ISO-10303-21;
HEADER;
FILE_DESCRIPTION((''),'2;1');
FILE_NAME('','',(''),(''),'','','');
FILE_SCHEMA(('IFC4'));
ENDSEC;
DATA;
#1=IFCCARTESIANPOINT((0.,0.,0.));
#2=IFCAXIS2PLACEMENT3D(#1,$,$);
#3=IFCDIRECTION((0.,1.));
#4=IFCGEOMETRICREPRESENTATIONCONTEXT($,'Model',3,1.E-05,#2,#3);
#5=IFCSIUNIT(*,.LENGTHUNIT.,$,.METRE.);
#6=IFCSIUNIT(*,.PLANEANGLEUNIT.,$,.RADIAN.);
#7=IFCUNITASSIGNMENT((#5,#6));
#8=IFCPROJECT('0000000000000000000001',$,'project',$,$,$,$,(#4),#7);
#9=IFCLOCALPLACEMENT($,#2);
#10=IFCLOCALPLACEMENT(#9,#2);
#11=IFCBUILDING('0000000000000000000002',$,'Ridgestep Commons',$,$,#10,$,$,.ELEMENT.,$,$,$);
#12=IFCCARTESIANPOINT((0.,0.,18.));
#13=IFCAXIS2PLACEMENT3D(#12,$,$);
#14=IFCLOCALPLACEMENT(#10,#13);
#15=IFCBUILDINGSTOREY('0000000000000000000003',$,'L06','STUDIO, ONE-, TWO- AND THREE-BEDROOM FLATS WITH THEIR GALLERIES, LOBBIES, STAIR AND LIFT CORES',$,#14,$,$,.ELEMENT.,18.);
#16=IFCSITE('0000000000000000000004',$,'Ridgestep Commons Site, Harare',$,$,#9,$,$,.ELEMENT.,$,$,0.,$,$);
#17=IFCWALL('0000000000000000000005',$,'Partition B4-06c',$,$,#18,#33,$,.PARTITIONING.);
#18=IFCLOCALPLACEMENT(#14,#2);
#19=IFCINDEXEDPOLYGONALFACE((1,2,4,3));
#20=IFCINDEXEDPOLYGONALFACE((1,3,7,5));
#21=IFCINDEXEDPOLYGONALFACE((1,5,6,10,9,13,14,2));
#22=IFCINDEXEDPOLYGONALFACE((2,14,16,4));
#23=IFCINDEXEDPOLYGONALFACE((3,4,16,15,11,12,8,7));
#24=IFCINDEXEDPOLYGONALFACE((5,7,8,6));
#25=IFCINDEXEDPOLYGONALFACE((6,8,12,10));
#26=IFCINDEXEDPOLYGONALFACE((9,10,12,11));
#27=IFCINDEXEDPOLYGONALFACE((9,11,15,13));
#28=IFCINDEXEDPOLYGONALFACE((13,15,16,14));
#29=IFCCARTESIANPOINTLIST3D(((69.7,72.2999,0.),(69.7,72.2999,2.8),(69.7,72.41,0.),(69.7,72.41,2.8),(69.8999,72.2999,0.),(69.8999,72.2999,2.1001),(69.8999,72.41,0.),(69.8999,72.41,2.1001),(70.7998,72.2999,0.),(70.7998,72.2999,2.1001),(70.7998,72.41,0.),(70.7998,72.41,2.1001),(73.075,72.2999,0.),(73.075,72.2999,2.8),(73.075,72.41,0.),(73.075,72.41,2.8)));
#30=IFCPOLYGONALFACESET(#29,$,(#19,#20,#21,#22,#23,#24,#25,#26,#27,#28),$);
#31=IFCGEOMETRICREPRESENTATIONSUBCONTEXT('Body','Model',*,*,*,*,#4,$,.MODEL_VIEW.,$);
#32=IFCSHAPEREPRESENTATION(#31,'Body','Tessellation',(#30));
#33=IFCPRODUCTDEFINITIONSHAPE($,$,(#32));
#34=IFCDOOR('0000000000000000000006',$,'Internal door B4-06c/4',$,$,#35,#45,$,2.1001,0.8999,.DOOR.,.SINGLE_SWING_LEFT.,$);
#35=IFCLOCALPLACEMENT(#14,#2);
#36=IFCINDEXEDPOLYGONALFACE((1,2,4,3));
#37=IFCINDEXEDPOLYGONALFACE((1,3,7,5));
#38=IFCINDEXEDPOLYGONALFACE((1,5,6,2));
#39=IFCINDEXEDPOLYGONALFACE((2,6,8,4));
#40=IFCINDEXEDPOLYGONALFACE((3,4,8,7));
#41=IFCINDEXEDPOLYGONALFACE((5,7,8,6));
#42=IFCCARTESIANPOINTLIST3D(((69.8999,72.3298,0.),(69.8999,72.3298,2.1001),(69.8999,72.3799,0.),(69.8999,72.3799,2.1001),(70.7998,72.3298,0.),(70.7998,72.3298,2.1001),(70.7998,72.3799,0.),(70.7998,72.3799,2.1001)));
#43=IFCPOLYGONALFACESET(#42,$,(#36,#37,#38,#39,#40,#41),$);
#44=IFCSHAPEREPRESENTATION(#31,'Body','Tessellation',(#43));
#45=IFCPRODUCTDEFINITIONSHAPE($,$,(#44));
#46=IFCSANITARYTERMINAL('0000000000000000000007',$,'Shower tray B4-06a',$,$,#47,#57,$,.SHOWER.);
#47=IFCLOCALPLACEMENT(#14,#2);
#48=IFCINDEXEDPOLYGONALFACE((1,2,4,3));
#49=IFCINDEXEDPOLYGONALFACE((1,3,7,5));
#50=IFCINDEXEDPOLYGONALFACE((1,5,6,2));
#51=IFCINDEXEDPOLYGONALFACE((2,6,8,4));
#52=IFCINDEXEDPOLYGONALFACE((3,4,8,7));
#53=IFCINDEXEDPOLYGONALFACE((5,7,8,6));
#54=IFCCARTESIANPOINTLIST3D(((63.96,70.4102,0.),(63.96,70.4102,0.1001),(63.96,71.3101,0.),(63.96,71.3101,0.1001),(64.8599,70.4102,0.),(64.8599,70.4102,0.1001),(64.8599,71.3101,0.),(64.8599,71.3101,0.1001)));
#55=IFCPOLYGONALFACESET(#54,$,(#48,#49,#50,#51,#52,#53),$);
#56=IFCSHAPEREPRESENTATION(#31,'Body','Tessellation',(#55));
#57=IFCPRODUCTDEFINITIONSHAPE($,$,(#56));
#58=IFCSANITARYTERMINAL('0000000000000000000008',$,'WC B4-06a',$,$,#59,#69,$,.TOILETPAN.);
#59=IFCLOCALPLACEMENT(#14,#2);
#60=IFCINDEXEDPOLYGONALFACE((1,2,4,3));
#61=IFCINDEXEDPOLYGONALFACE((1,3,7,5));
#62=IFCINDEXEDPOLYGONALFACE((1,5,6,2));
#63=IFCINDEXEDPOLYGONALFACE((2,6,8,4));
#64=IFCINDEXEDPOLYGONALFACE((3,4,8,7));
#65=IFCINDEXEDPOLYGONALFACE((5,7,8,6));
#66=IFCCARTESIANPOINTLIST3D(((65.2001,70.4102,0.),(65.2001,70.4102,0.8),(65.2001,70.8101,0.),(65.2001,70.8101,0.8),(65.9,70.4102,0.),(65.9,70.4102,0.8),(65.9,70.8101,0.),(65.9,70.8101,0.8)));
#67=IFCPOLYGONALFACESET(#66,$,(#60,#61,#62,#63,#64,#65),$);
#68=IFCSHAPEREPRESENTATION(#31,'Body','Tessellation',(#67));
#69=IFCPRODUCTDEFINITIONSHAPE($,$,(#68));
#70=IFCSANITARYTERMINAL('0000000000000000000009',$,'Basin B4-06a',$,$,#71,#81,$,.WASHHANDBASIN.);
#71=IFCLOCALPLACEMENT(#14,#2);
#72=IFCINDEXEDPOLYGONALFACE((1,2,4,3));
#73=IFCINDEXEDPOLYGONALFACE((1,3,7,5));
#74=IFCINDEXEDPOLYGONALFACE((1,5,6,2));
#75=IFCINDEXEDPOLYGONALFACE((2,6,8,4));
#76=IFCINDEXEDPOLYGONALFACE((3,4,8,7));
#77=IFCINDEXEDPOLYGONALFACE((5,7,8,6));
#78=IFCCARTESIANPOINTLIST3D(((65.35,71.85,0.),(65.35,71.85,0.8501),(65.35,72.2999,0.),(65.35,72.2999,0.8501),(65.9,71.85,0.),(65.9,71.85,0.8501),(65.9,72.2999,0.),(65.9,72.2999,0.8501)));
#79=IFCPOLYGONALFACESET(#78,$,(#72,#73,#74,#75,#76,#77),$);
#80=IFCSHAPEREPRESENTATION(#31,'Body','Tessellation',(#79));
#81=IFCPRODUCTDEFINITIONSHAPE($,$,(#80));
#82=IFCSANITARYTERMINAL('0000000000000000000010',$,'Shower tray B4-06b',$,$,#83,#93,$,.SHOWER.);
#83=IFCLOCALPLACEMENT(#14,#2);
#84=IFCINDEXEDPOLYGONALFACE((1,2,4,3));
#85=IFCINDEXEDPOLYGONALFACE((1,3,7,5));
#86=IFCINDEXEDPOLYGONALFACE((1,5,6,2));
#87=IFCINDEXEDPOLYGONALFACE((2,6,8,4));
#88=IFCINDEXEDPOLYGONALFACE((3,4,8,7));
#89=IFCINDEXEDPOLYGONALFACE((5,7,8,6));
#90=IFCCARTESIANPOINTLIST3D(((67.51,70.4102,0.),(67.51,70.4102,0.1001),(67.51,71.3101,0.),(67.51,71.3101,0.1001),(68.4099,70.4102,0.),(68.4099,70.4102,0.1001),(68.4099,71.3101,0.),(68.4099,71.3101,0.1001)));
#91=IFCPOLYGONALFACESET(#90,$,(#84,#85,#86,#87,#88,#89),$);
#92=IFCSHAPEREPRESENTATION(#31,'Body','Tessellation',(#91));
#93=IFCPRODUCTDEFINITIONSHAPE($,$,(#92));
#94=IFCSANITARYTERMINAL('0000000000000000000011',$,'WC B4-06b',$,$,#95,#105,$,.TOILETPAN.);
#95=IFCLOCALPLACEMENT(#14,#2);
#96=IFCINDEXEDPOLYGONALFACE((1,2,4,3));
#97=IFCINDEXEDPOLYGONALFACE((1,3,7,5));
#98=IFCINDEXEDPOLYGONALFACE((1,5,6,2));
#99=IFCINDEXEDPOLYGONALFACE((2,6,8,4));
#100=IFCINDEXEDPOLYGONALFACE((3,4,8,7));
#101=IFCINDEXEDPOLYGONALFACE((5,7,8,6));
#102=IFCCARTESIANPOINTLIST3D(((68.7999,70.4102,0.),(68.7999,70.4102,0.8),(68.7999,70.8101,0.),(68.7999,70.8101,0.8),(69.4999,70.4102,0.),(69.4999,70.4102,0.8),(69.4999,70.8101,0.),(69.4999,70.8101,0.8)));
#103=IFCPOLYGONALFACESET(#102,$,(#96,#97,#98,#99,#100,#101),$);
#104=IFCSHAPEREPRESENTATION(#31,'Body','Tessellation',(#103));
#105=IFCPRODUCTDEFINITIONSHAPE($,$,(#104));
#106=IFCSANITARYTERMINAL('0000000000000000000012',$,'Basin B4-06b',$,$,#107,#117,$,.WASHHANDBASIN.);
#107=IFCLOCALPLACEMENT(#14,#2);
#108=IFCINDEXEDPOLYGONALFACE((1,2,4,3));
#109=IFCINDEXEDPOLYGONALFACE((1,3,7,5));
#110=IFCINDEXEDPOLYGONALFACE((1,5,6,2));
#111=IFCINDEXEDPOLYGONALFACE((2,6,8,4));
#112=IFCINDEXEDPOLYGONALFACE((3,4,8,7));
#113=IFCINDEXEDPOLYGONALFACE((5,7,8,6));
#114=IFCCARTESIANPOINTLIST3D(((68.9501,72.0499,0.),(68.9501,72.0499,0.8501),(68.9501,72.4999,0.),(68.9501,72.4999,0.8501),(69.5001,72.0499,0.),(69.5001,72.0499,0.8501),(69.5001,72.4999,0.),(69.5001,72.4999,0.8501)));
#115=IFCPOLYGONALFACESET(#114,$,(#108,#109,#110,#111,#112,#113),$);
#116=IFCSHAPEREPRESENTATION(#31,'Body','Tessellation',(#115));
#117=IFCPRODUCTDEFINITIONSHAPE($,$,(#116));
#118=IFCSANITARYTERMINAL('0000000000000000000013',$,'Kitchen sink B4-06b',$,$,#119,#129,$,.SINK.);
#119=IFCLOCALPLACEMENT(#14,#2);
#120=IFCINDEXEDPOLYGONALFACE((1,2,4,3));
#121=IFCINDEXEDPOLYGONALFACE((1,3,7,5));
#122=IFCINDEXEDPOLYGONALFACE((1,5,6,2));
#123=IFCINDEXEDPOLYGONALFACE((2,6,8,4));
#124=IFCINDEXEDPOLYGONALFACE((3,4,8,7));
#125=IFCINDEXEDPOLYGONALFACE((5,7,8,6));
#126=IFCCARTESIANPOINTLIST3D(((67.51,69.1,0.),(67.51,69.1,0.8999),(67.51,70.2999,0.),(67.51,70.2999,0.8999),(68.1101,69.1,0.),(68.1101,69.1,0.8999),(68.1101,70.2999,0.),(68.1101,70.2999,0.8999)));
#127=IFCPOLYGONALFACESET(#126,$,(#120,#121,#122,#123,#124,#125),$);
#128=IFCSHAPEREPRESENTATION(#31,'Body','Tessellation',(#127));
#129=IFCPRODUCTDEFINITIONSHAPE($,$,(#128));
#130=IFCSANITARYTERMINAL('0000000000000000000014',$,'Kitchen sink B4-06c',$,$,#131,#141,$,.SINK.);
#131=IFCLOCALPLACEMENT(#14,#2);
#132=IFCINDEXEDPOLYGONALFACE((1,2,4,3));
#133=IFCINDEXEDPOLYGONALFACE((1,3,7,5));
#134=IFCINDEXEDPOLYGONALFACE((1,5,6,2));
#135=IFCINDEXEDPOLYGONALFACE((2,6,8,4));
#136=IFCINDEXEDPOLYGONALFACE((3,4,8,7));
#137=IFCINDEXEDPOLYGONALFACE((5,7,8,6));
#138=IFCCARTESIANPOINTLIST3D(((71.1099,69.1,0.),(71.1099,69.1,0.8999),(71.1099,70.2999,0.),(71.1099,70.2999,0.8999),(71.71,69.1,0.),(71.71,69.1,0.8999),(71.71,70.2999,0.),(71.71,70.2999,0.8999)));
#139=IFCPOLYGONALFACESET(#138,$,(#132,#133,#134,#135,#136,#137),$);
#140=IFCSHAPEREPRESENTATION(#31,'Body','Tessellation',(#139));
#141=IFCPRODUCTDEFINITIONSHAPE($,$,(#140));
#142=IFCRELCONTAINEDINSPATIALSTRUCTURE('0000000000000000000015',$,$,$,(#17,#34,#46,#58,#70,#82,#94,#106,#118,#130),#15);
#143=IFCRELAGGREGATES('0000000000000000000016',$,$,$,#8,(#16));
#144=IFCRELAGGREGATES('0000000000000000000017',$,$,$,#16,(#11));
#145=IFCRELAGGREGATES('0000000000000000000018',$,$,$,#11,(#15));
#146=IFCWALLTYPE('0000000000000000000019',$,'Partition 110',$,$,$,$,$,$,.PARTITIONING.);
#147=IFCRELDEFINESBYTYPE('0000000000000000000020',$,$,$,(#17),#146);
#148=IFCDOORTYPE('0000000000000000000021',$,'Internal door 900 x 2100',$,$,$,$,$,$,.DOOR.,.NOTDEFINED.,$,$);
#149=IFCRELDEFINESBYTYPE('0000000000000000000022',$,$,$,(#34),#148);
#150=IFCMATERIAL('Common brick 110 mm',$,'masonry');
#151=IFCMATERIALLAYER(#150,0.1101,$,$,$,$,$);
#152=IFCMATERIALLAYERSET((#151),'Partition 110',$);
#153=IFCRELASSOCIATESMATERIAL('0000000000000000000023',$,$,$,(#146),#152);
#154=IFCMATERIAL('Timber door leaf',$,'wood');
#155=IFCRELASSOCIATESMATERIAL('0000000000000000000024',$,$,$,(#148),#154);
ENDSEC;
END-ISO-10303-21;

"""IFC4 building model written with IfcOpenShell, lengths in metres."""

from ifc_helpers import new_model, si_unit, direction, frame, frame_2d, origin, origin_2d, place, context, subcontext, project, spatial, rectangle, extrude, material, layer, layer_set, type_object, element, fill, save


model = new_model("IFC4")

# Units and contexts
model_context = context("Model", 3, precision=1e-05, world=origin(), true_north=direction((0.0, 1.0)))
body_context = subcontext(model_context, "Body", "Model", "MODEL_VIEW")
ifc_project = project(units=[si_unit("LENGTHUNIT", "METRE"), si_unit("PLANEANGLEUNIT", "RADIAN")], contexts=[model_context])

# Site, building, storey
site_placement = place(None, origin())
site = spatial("IfcSite", under=ifc_project, at=site_placement, Name="Ridgestep Commons Site, Harare", CompositionType="ELEMENT", RefElevation=0.0)
building_placement = place(site_placement, origin())
building = spatial("IfcBuilding", under=site, at=building_placement, Name="Ridgestep Commons", CompositionType="ELEMENT")
storey_placement = place(building_placement, frame((0.0, 0.0, 18.0)))
storey = spatial("IfcBuildingStorey", under=building, at=storey_placement, Name="L06", Description="STUDIO, ONE-, TWO- AND THREE-BEDROOM FLATS WITH THEIR GALLERIES, LOBBIES, STAIR AND LIFT CORES", CompositionType="ELEMENT", Elevation=18.0)

# Shared definitions
ifc_material_1 = material(Name="Common brick 110 mm", Category="masonry")
ifc_layer_1 = layer(ifc_material_1, 0.1101)
ifc_layer_set_1 = layer_set([ifc_layer_1], Name="Partition 110")
wall_type_1 = type_object("IfcWallType", Name="Partition 110", PredefinedType="PARTITIONING", material=ifc_layer_set_1)

# Shared definitions
ifc_material_2 = material(Name="Timber door leaf", Category="wood")
door_type_1 = type_object("IfcDoorType", Name="Internal door 900 x 2100", OperationType="NOTDEFINED", PredefinedType="DOOR", material=ifc_material_2)

# Wall, opening, door
wall_1_placement = place(storey_placement, frame((69.7, 72.355, 0.0), z_axis=(0.0, 0.0, 1.0), x_axis=(1.0, 0.0, 0.0)))
wall_1 = element("IfcWall", 1, at=wall_1_placement, inside=storey, type_object=wall_type_1, Name="Partition B4-06c", PredefinedType="PARTITIONING", context=body_context, shape_type="SweptSolid", body=[
    extrude(rectangle(XDim=3.375, YDim=0.1101, at=frame_2d((1.6875, 0.0))), origin(), (0.0, 0.0, 1.0), 2.8),
])
opening_1_placement = place(wall_1_placement, frame((0.2, 0.0, 0.0)))
opening_1 = element("IfcOpeningElement", 2, at=opening_1_placement, cuts=wall_1, PredefinedType="OPENING", context=body_context, shape_type="SweptSolid", body=[
    extrude(rectangle(XDim=0.8999, YDim=2.1001, at=frame_2d((0.45, 1.05))), frame((0.0, 0.0649, 0.0), z_axis=(0.0, -1.0, 0.0), x_axis=(1.0, 0.0, 0.0)), (0.0, 0.0, 1.0), 0.1301),
])
door_1_placement = place(opening_1_placement, origin())
door_1 = element("IfcDoor", 3, at=door_1_placement, inside=storey, type_object=door_type_1, Name="Internal door B4-06c/4", OperationType="SINGLE_SWING_LEFT", OverallHeight=2.1001, OverallWidth=0.8999, PredefinedType="DOOR", context=body_context, shape_type="SweptSolid", body=[
    extrude(rectangle(XDim=0.8999, YDim=2.1001, at=frame_2d((0.45, 1.05))), frame((0.0, 0.0249, 0.0), z_axis=(0.0, -1.0, 0.0), x_axis=(1.0, 0.0, 0.0)), (0.0, 0.0, 1.0), 0.05),
])
fill(opening_1, door_1)

# Sanitary terminals
sanitary_terminal_1_placement = place(storey_placement, frame((64.4099, 70.8601, 0.0), z_axis=(0.0, 0.0, 1.0), x_axis=(1.0, 0.0, 0.0)))
element("IfcSanitaryTerminal", 4, at=sanitary_terminal_1_placement, inside=storey, Name="Shower tray B4-06a", PredefinedType="SHOWER", context=body_context, shape_type="SweptSolid", body=[
    extrude(rectangle(XDim=0.8999, YDim=0.8999, at=origin_2d()), origin(), (0.0, 0.0, 1.0), 0.1001),
])
sanitary_terminal_2_placement = place(storey_placement, frame((65.55, 70.6101, 0.0), z_axis=(0.0, 0.0, 1.0), x_axis=(1.0, 0.0, 0.0)))
element("IfcSanitaryTerminal", 5, at=sanitary_terminal_2_placement, inside=storey, Name="WC B4-06a", PredefinedType="TOILETPAN", context=body_context, shape_type="SweptSolid", body=[
    extrude(rectangle(XDim=0.7, YDim=0.3999, at=origin_2d()), origin(), (0.0, 0.0, 1.0), 0.8),
])
sanitary_terminal_3_placement = place(storey_placement, frame((65.625, 72.075, 0.0), z_axis=(0.0, 0.0, 1.0), x_axis=(1.0, 0.0, 0.0)))
element("IfcSanitaryTerminal", 6, at=sanitary_terminal_3_placement, inside=storey, Name="Basin B4-06a", PredefinedType="WASHHANDBASIN", context=body_context, shape_type="SweptSolid", body=[
    extrude(rectangle(XDim=0.55, YDim=0.45, at=origin_2d()), origin(), (0.0, 0.0, 1.0), 0.8501),
])
sanitary_terminal_4_placement = place(storey_placement, frame((67.96, 70.8601, 0.0), z_axis=(0.0, 0.0, 1.0), x_axis=(1.0, 0.0, 0.0)))
element("IfcSanitaryTerminal", 7, at=sanitary_terminal_4_placement, inside=storey, Name="Shower tray B4-06b", PredefinedType="SHOWER", context=body_context, shape_type="SweptSolid", body=[
    extrude(rectangle(XDim=0.8999, YDim=0.8999, at=origin_2d()), origin(), (0.0, 0.0, 1.0), 0.1001),
])
sanitary_terminal_5_placement = place(storey_placement, frame((69.1499, 70.6101, 0.0), z_axis=(0.0, 0.0, 1.0), x_axis=(1.0, 0.0, 0.0)))
element("IfcSanitaryTerminal", 8, at=sanitary_terminal_5_placement, inside=storey, Name="WC B4-06b", PredefinedType="TOILETPAN", context=body_context, shape_type="SweptSolid", body=[
    extrude(rectangle(XDim=0.7, YDim=0.3999, at=origin_2d()), origin(), (0.0, 0.0, 1.0), 0.8),
])
sanitary_terminal_6_placement = place(storey_placement, frame((69.2251, 72.2749, 0.0), z_axis=(0.0, 0.0, 1.0), x_axis=(1.0, 0.0, 0.0)))
element("IfcSanitaryTerminal", 9, at=sanitary_terminal_6_placement, inside=storey, Name="Basin B4-06b", PredefinedType="WASHHANDBASIN", context=body_context, shape_type="SweptSolid", body=[
    extrude(rectangle(XDim=0.55, YDim=0.45, at=origin_2d()), origin(), (0.0, 0.0, 1.0), 0.8501),
])
for number, where, z_axis, x_axis, name in (
    (10, (67.8101, 69.7, 0.0), (0.0, 0.0, 1.0), (1.0, 0.0, 0.0), "Kitchen sink B4-06b"),
    (11, (71.4099, 69.7, 0.0), (0.0, 0.0, 1.0), (1.0, 0.0, 0.0), "Kitchen sink B4-06c"),
):
    element("IfcSanitaryTerminal", number, at=place(storey_placement, frame(where, z_axis=z_axis, x_axis=x_axis)), inside=storey, Name=name, PredefinedType="SINK", context=body_context, shape_type="SweptSolid", body=[
        extrude(rectangle(XDim=0.6001, YDim=1.2, at=origin_2d()), origin(), (0.0, 0.0, 1.0), 0.8999),
    ])

save(model, "model.ifc")
